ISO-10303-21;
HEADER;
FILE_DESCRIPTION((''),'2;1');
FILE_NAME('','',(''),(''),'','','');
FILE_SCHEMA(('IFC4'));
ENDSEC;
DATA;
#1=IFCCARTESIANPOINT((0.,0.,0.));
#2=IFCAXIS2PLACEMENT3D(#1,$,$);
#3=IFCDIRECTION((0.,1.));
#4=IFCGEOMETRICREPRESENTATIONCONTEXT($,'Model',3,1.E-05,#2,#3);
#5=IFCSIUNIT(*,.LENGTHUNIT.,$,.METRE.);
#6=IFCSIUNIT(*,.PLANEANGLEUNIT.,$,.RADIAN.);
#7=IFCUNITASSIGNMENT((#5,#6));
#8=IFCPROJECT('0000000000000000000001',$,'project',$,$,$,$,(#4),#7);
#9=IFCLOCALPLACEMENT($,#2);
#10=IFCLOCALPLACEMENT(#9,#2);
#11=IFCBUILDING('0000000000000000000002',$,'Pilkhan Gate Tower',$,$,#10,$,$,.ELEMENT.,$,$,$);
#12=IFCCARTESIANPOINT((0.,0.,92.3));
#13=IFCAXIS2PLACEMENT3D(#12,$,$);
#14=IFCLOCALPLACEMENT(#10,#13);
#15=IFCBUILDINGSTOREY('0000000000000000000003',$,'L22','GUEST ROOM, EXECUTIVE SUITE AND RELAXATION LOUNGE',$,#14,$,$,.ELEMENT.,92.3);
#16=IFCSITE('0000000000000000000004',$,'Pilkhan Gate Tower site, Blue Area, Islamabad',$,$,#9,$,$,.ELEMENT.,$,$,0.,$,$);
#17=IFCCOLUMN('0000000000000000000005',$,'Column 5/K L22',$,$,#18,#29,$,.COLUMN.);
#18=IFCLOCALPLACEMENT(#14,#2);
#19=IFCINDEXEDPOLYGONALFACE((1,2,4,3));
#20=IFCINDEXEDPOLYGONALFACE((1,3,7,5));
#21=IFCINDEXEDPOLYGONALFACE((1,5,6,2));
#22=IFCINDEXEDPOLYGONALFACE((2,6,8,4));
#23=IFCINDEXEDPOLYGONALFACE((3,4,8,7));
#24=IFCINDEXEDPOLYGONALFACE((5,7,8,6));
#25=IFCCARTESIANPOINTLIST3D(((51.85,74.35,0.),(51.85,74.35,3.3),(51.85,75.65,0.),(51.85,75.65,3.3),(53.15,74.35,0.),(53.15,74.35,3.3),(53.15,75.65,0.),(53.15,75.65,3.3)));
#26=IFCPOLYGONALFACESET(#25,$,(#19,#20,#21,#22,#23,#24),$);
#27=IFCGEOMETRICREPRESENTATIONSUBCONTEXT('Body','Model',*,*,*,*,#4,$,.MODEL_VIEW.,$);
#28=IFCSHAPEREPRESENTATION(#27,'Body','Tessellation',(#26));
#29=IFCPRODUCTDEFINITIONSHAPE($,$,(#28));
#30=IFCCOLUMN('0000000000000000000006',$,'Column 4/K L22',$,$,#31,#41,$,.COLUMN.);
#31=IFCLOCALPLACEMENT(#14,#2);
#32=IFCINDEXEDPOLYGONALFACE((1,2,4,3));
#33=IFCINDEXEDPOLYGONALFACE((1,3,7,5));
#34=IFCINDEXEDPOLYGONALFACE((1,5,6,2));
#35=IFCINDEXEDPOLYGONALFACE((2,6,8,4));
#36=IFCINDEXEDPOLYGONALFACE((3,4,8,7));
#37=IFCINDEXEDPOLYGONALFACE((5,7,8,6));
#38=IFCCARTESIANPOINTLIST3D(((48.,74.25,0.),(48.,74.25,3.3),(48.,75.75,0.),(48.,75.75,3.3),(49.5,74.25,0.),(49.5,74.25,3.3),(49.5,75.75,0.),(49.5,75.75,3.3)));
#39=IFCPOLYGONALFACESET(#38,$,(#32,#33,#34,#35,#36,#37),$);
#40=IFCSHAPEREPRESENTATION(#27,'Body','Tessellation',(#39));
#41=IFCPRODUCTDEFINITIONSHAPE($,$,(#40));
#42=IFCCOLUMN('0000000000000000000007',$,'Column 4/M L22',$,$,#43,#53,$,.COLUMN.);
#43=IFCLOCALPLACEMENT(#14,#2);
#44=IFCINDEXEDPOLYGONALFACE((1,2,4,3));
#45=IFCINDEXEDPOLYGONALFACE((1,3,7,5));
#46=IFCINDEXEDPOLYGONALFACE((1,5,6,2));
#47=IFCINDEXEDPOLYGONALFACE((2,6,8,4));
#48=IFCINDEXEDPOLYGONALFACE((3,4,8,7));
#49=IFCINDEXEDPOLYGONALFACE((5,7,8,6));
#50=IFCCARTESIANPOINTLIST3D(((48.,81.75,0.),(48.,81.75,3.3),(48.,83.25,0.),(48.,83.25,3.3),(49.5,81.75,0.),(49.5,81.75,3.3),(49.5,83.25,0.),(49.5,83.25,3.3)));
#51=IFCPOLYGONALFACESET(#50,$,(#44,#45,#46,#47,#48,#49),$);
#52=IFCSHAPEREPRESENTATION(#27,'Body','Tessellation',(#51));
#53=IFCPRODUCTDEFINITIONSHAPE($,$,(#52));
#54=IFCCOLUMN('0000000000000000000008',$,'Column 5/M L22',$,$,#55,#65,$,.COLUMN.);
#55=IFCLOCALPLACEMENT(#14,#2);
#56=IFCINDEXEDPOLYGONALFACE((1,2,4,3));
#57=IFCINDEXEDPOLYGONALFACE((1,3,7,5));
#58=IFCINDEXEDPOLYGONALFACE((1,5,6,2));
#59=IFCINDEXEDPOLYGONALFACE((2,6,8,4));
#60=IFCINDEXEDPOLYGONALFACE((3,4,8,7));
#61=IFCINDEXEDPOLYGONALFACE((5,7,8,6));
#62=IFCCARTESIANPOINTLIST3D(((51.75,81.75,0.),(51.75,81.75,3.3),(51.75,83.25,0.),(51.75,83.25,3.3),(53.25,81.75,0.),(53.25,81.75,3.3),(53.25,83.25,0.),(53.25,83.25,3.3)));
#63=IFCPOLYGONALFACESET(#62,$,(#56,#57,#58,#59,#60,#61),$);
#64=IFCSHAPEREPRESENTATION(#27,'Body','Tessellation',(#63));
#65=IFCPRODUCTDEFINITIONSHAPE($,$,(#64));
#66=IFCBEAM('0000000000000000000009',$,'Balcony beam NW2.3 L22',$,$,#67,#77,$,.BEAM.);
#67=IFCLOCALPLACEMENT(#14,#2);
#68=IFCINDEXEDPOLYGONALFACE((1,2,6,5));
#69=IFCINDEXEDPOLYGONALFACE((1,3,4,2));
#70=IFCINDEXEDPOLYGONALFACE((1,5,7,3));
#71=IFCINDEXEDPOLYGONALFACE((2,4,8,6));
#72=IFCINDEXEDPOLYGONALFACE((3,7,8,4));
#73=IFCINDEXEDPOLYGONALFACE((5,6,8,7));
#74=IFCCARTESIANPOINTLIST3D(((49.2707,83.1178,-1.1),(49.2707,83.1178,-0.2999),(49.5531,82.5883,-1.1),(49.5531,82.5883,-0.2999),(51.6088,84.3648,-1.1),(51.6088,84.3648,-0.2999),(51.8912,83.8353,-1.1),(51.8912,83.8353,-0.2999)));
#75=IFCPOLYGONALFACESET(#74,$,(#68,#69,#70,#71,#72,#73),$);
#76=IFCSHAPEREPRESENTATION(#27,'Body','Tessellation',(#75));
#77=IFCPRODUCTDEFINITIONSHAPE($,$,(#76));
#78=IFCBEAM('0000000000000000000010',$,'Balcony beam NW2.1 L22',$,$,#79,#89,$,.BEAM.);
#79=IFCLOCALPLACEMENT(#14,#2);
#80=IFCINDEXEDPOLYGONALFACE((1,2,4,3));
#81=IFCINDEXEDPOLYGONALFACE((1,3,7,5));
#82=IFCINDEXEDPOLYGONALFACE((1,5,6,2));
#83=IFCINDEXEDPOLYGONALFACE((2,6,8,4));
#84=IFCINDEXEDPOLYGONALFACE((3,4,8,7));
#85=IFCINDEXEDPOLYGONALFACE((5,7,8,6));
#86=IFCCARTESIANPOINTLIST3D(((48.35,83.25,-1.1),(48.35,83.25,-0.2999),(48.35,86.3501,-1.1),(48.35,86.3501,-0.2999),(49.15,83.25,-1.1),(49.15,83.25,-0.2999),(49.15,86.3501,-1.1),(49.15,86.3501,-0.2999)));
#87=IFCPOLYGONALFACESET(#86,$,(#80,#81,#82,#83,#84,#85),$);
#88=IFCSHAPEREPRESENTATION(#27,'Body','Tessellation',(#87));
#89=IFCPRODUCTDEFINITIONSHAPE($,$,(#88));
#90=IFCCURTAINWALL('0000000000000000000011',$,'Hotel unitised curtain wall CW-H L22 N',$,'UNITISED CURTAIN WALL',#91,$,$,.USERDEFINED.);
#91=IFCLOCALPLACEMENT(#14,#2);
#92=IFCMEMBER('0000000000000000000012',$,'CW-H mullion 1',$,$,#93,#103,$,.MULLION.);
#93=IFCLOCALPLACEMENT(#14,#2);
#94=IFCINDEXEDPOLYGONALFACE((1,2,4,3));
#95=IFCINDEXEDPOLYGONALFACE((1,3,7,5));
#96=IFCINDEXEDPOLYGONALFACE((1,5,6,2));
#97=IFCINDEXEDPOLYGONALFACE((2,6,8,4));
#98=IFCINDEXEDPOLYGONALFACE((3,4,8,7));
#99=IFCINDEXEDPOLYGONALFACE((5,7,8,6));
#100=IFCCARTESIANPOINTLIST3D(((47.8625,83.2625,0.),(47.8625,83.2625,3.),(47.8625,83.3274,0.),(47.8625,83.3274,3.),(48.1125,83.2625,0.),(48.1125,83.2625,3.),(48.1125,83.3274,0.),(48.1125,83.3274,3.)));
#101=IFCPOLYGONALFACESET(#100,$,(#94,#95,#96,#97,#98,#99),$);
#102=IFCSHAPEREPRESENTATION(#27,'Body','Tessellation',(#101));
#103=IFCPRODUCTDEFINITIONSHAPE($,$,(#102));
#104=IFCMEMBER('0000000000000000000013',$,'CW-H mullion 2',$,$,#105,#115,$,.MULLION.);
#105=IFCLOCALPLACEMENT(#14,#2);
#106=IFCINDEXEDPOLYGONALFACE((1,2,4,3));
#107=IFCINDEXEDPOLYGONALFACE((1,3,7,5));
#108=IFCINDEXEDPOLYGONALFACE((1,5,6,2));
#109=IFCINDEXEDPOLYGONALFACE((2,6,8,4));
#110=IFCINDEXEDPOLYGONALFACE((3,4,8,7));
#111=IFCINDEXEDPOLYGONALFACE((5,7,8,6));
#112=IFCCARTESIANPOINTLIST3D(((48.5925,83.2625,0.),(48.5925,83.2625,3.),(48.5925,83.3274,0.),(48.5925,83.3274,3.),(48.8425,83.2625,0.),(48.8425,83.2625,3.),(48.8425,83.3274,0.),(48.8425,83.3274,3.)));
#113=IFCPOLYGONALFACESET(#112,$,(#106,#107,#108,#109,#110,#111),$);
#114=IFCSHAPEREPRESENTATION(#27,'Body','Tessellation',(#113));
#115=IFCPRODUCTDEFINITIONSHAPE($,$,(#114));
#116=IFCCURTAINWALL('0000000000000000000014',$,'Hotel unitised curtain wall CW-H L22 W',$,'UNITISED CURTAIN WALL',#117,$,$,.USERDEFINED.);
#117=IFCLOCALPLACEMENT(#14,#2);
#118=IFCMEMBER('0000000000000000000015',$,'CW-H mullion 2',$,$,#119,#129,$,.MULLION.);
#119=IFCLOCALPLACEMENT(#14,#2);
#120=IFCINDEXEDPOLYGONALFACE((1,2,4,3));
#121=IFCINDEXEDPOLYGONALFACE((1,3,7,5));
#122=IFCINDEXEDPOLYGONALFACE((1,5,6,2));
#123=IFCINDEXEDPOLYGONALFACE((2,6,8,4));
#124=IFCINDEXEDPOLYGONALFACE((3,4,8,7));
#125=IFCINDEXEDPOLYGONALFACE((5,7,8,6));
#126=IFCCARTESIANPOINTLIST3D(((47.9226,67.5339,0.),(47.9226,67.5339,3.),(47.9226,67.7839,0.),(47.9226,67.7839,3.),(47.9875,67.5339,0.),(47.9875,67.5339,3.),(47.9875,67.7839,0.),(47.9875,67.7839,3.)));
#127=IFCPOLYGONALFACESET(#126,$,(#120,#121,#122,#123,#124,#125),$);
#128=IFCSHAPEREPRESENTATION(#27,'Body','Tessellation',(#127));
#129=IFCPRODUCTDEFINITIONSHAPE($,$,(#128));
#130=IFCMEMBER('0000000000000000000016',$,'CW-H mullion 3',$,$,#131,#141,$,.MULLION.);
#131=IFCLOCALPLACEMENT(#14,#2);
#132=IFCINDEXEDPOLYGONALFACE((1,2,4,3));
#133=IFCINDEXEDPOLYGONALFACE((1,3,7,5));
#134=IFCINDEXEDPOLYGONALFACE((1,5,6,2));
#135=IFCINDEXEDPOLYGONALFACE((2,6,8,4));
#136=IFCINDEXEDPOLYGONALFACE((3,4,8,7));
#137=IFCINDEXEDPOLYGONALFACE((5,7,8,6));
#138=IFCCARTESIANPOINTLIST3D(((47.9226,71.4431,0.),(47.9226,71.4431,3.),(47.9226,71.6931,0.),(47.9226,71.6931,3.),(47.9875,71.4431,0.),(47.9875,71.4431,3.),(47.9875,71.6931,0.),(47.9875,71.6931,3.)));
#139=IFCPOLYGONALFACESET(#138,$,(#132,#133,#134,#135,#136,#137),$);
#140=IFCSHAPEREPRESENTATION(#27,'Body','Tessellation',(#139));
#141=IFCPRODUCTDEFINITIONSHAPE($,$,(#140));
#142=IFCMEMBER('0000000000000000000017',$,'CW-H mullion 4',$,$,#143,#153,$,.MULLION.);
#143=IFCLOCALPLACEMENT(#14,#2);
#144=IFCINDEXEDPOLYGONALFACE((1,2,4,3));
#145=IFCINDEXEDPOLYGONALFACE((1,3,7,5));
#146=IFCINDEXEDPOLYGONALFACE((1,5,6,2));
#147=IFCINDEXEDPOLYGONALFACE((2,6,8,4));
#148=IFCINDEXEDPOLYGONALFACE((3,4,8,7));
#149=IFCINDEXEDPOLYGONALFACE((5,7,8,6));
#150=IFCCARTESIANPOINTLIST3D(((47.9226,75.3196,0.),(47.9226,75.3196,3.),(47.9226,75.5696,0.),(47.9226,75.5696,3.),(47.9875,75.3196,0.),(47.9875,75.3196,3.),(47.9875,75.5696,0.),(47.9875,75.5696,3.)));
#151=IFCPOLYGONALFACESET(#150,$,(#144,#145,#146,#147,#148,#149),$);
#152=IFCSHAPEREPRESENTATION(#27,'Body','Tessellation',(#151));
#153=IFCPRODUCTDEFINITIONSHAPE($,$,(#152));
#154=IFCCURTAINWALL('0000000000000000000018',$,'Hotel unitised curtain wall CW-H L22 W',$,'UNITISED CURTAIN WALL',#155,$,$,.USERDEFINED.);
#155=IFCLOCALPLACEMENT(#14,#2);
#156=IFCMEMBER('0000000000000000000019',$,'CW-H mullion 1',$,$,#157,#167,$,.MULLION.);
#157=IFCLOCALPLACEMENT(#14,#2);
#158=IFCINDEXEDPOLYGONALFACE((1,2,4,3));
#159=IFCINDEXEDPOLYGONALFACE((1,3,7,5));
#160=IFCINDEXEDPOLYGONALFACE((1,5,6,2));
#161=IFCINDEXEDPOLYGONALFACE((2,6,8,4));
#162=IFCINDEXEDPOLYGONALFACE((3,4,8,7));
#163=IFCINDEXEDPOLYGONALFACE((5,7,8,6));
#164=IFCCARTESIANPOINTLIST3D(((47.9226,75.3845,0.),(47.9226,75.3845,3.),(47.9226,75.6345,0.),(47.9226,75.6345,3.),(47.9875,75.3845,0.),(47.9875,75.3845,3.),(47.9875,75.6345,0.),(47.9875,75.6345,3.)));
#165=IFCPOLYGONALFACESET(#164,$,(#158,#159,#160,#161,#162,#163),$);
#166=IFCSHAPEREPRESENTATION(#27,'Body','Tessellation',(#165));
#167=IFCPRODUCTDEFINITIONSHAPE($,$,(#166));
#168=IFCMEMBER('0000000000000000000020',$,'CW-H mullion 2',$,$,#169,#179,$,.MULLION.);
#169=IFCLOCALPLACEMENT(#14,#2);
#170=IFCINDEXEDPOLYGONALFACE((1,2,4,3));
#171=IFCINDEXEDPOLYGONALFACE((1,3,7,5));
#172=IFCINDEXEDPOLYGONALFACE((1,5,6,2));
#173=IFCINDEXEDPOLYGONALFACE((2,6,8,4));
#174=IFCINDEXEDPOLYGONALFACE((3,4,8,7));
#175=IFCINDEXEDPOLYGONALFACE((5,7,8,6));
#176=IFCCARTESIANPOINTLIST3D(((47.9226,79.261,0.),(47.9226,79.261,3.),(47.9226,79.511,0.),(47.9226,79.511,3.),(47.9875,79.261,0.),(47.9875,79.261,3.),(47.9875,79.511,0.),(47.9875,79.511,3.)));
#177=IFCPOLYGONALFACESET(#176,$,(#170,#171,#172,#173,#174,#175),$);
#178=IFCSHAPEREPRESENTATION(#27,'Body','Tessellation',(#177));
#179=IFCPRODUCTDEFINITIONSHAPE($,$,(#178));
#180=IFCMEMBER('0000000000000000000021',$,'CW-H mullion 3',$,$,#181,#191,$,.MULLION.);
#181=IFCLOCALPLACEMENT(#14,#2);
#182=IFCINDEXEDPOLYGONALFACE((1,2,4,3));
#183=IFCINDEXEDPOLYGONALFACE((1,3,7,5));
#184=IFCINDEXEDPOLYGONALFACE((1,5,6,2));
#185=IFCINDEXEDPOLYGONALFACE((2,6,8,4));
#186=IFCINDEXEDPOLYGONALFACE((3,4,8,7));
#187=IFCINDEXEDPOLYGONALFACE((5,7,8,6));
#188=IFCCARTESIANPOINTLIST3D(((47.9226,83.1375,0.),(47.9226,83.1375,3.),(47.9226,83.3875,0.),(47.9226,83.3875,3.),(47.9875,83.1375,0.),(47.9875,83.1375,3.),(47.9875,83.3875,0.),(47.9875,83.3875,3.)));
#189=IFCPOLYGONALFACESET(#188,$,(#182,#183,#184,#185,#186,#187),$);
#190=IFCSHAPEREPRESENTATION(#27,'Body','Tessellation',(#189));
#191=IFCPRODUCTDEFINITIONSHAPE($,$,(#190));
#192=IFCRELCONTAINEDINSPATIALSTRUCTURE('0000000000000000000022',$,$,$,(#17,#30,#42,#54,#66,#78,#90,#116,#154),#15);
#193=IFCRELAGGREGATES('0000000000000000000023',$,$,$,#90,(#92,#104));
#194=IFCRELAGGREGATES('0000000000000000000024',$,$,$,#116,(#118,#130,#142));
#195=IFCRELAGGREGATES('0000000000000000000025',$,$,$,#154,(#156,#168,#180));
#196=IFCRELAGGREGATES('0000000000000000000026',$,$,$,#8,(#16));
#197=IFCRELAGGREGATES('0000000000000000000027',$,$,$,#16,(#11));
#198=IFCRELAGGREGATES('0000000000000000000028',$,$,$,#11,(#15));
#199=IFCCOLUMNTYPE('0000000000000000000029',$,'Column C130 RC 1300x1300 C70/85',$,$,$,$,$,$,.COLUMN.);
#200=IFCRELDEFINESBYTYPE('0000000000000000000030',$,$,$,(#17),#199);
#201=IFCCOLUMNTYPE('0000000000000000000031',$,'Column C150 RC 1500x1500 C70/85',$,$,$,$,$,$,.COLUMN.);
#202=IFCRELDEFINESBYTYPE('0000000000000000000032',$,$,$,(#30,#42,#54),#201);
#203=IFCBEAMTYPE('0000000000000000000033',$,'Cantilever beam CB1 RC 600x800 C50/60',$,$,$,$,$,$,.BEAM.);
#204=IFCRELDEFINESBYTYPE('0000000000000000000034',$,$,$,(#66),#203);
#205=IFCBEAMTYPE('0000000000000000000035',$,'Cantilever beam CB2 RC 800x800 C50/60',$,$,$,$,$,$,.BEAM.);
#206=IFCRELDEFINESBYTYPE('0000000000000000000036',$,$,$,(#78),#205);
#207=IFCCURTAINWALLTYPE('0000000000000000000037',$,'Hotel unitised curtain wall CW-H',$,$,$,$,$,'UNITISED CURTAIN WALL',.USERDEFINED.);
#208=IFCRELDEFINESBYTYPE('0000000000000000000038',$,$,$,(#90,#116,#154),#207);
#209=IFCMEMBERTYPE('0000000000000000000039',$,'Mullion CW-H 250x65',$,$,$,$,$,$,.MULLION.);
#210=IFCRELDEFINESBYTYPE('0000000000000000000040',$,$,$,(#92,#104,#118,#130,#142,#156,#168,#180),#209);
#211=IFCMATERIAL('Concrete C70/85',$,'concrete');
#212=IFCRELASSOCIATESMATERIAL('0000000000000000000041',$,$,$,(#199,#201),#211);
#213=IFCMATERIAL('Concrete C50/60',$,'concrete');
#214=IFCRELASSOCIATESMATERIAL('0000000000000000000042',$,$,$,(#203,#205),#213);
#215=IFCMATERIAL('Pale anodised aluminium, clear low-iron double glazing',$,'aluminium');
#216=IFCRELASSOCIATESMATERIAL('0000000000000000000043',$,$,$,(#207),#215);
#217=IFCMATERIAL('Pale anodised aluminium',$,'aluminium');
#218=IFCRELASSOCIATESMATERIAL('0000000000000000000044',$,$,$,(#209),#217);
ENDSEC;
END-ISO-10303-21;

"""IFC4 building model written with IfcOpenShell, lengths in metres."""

from ifc_helpers import new_model, si_unit, direction, frame, origin, origin_2d, place, context, subcontext, project, spatial, rectangle, extrude, material, material_profile, profile_set, type_object, element, aggregate, save


model = new_model("IFC4")

# Units and contexts
model_context = context("Model", 3, precision=1e-05, world=origin(), true_north=direction((0.0, 1.0)))
body_context = subcontext(model_context, "Body", "Model", "MODEL_VIEW")
ifc_project = project(units=[si_unit("LENGTHUNIT", "METRE"), si_unit("PLANEANGLEUNIT", "RADIAN")], contexts=[model_context])

# Site, building, storey
site_placement = place(None, origin())
site = spatial("IfcSite", under=ifc_project, at=site_placement, Name="Pilkhan Gate Tower site, Blue Area, Islamabad", CompositionType="ELEMENT", RefElevation=0.0)
building_placement = place(site_placement, origin())
building = spatial("IfcBuilding", under=site, at=building_placement, Name="Pilkhan Gate Tower", CompositionType="ELEMENT")
storey_placement = place(building_placement, frame((0.0, 0.0, 92.3)))
storey = spatial("IfcBuildingStorey", under=building, at=storey_placement, Name="L22", Description="GUEST ROOM, EXECUTIVE SUITE AND RELAXATION LOUNGE", CompositionType="ELEMENT", Elevation=92.3)

# Columns
ifc_material_1 = material(Name="Concrete C70/85", Category="concrete")
ifc_material_profile_1 = material_profile(ifc_material_1, rectangle(XDim=1.3, YDim=1.3, at=origin_2d()), Name="RC 1300x1300")
ifc_profile_set_1 = profile_set([ifc_material_profile_1], Name="Concrete C70/85")
column_type_1 = type_object("IfcColumnType", Name="Column C130 RC 1300x1300 C70/85", PredefinedType="COLUMN", material=ifc_profile_set_1)
column_placement = place(storey_placement, frame((52.5, 75.0, 0.0), z_axis=(0.0, 0.0, 1.0), x_axis=(1.0, 0.0, 0.0)))
element("IfcColumn", 1, at=column_placement, inside=storey, type_object=column_type_1, Name="Column 5/K L22", PredefinedType="COLUMN", context=body_context, shape_type="SweptSolid", body=[
    extrude(rectangle(XDim=1.3, YDim=1.3, at=origin_2d()), origin(), (0.0, 0.0, 1.0), 3.3),
])
ifc_material_profile_2 = material_profile(ifc_material_1, rectangle(XDim=1.5, YDim=1.5, at=origin_2d()), Name="RC 1500x1500")
ifc_profile_set_2 = profile_set([ifc_material_profile_2], Name="Concrete C70/85")
column_type_2 = type_object("IfcColumnType", Name="Column C150 RC 1500x1500 C70/85", PredefinedType="COLUMN", material=ifc_profile_set_2)
for number, where, z_axis, x_axis, name in (
    (2, (48.75, 75.0, 0.0), (0.0, 0.0, 1.0), (1.0, 0.0, 0.0), "Column 4/K L22"),
    (3, (48.75, 82.5, 0.0), (0.0, 0.0, 1.0), (1.0, 0.0, 0.0), "Column 4/M L22"),
    (4, (52.5, 82.5, 0.0), (0.0, 0.0, 1.0), (1.0, 0.0, 0.0), "Column 5/M L22"),
):
    element("IfcColumn", number, at=place(storey_placement, frame(where, z_axis=z_axis, x_axis=x_axis)), inside=storey, type_object=column_type_2, Name=name, PredefinedType="COLUMN", context=body_context, shape_type="SweptSolid", body=[
        extrude(rectangle(XDim=1.5, YDim=1.5, at=origin_2d()), origin(), (0.0, 0.0, 1.0), 3.3),
    ])

# Beams
ifc_material_2 = material(Name="Concrete C50/60", Category="concrete")
ifc_material_profile_3 = material_profile(ifc_material_2, rectangle(XDim=0.6001, YDim=0.8, at=origin_2d()), Name="RC 600x800")
ifc_profile_set_3 = profile_set([ifc_material_profile_3], Name="Concrete C50/60")
beam_type_1 = type_object("IfcBeamType", Name="Cantilever beam CB1 RC 600x800 C50/60", PredefinedType="BEAM", material=ifc_profile_set_3)
beam_1_placement = place(storey_placement, frame((49.4119, 82.853, -0.7), z_axis=(0.882343, 0.470607, 0.0), x_axis=(-0.470607, 0.882343, 0.0)))
element("IfcBeam", 5, at=beam_1_placement, inside=storey, type_object=beam_type_1, Name="Balcony beam NW2.3 L22", PredefinedType="BEAM", context=body_context, shape_type="SweptSolid", body=[
    extrude(rectangle(XDim=0.6001, YDim=0.8, at=origin_2d()), origin(), (0.0, 0.0, 1.0), 2.6499),
])
ifc_material_profile_4 = material_profile(ifc_material_2, rectangle(XDim=0.8, YDim=0.8, at=origin_2d()), Name="RC 800x800")
ifc_profile_set_4 = profile_set([ifc_material_profile_4], Name="Concrete C50/60")
beam_type_2 = type_object("IfcBeamType", Name="Cantilever beam CB2 RC 800x800 C50/60", PredefinedType="BEAM", material=ifc_profile_set_4)
beam_2_placement = place(storey_placement, frame((48.75, 83.25, -0.7), z_axis=(0.0, 1.0, 0.0), x_axis=(-1.0, 0.0, 0.0)))
element("IfcBeam", 6, at=beam_2_placement, inside=storey, type_object=beam_type_2, Name="Balcony beam NW2.1 L22", PredefinedType="BEAM", context=body_context, shape_type="SweptSolid", body=[
    extrude(rectangle(XDim=0.8, YDim=0.8, at=origin_2d()), origin(), (0.0, 0.0, 1.0), 3.1001),
])

# Curtain walls, members
ifc_material_3 = material(Name="Pale anodised aluminium, clear low-iron double glazing", Category="aluminium")
curtain_wall_type = type_object("IfcCurtainWallType", Name="Hotel unitised curtain wall CW-H", ElementType="UNITISED CURTAIN WALL", PredefinedType="USERDEFINED", material=ifc_material_3)
curtain_wall_1_placement = place(storey_placement, origin())
curtain_wall_1 = element("IfcCurtainWall", 7, at=curtain_wall_1_placement, inside=storey, type_object=curtain_wall_type, Name="Hotel unitised curtain wall CW-H L22 N", ObjectType="UNITISED CURTAIN WALL", PredefinedType="USERDEFINED")
ifc_material_4 = material(Name="Pale anodised aluminium", Category="aluminium")
ifc_material_profile_5 = material_profile(ifc_material_4, rectangle(XDim=0.0649, YDim=0.25, at=origin_2d()), Name="Mullion 250x65")
ifc_profile_set_5 = profile_set([ifc_material_profile_5], Name="Pale anodised aluminium")
member_type_1 = type_object("IfcMemberType", Name="Mullion CW-H 250x65", PredefinedType="MULLION", material=ifc_profile_set_5)
member_1_placement = place(storey_placement, frame((47.9875, 83.2949, 0.0), z_axis=(0.0, 0.0, 1.0), x_axis=(0.0, 1.0, 0.0)))
member_1 = element("IfcMember", 8, at=member_1_placement, type_object=member_type_1, Name="CW-H mullion 1", PredefinedType="MULLION", context=body_context, shape_type="SweptSolid", body=[
    extrude(rectangle(XDim=0.0649, YDim=0.25, at=origin_2d()), origin(), (0.0, 0.0, 1.0), 3.0),
])
member_2_placement = place(storey_placement, frame((48.7175, 83.2949, 0.0), z_axis=(0.0, 0.0, 1.0), x_axis=(0.0, 1.0, 0.0)))
member_2 = element("IfcMember", 9, at=member_2_placement, type_object=member_type_1, Name="CW-H mullion 2", PredefinedType="MULLION", context=body_context, shape_type="SweptSolid", body=[
    extrude(rectangle(XDim=0.0649, YDim=0.25, at=origin_2d()), origin(), (0.0, 0.0, 1.0), 3.0),
])
curtain_wall_2_placement = place(storey_placement, origin())
curtain_wall_2 = element("IfcCurtainWall", 10, at=curtain_wall_2_placement, inside=storey, type_object=curtain_wall_type, Name="Hotel unitised curtain wall CW-H L22 W", ObjectType="UNITISED CURTAIN WALL", PredefinedType="USERDEFINED")
member_3_placement = place(storey_placement, frame((47.9551, 67.6589, 0.0), z_axis=(0.0, 0.0, 1.0), x_axis=(-1.0, 0.0, 0.0)))
member_3 = element("IfcMember", 11, at=member_3_placement, type_object=member_type_1, Name="CW-H mullion 2", PredefinedType="MULLION", context=body_context, shape_type="SweptSolid", body=[
    extrude(rectangle(XDim=0.0649, YDim=0.25, at=origin_2d()), origin(), (0.0, 0.0, 1.0), 3.0),
])
member_4_placement = place(storey_placement, frame((47.9551, 71.5681, 0.0), z_axis=(0.0, 0.0, 1.0), x_axis=(-1.0, 0.0, 0.0)))
member_4 = element("IfcMember", 12, at=member_4_placement, type_object=member_type_1, Name="CW-H mullion 3", PredefinedType="MULLION", context=body_context, shape_type="SweptSolid", body=[
    extrude(rectangle(XDim=0.0649, YDim=0.25, at=origin_2d()), origin(), (0.0, 0.0, 1.0), 3.0),
])
member_5_placement = place(storey_placement, frame((47.9551, 75.4446, 0.0), z_axis=(0.0, 0.0, 1.0), x_axis=(-1.0, 0.0, 0.0)))
member_5 = element("IfcMember", 13, at=member_5_placement, type_object=member_type_1, Name="CW-H mullion 4", PredefinedType="MULLION", context=body_context, shape_type="SweptSolid", body=[
    extrude(rectangle(XDim=0.0649, YDim=0.25, at=origin_2d()), origin(), (0.0, 0.0, 1.0), 3.0),
])
curtain_wall_3_placement = place(storey_placement, origin())
curtain_wall_3 = element("IfcCurtainWall", 14, at=curtain_wall_3_placement, inside=storey, type_object=curtain_wall_type, Name="Hotel unitised curtain wall CW-H L22 W", ObjectType="UNITISED CURTAIN WALL", PredefinedType="USERDEFINED")
member_6_placement = place(storey_placement, frame((47.9551, 75.5095, 0.0), z_axis=(0.0, 0.0, 1.0), x_axis=(-1.0, 0.0, 0.0)))
member_6 = element("IfcMember", 15, at=member_6_placement, type_object=member_type_1, Name="CW-H mullion 1", PredefinedType="MULLION", context=body_context, shape_type="SweptSolid", body=[
    extrude(rectangle(XDim=0.0649, YDim=0.25, at=origin_2d()), origin(), (0.0, 0.0, 1.0), 3.0),
])
member_7_placement = place(storey_placement, frame((47.9551, 79.386, 0.0), z_axis=(0.0, 0.0, 1.0), x_axis=(-1.0, 0.0, 0.0)))
member_7 = element("IfcMember", 16, at=member_7_placement, type_object=member_type_1, Name="CW-H mullion 2", PredefinedType="MULLION", context=body_context, shape_type="SweptSolid", body=[
    extrude(rectangle(XDim=0.0649, YDim=0.25, at=origin_2d()), origin(), (0.0, 0.0, 1.0), 3.0),
])
member_8_placement = place(storey_placement, frame((47.9551, 83.2625, 0.0), z_axis=(0.0, 0.0, 1.0), x_axis=(-1.0, 0.0, 0.0)))
member_8 = element("IfcMember", 17, at=member_8_placement, type_object=member_type_1, Name="CW-H mullion 3", PredefinedType="MULLION", context=body_context, shape_type="SweptSolid", body=[
    extrude(rectangle(XDim=0.0649, YDim=0.25, at=origin_2d()), origin(), (0.0, 0.0, 1.0), 3.0),
])

aggregate(curtain_wall_1, [member_1, member_2])
aggregate(curtain_wall_2, [member_3, member_4, member_5])
aggregate(curtain_wall_3, [member_6, member_7, member_8])

save(model, "model.ifc")
